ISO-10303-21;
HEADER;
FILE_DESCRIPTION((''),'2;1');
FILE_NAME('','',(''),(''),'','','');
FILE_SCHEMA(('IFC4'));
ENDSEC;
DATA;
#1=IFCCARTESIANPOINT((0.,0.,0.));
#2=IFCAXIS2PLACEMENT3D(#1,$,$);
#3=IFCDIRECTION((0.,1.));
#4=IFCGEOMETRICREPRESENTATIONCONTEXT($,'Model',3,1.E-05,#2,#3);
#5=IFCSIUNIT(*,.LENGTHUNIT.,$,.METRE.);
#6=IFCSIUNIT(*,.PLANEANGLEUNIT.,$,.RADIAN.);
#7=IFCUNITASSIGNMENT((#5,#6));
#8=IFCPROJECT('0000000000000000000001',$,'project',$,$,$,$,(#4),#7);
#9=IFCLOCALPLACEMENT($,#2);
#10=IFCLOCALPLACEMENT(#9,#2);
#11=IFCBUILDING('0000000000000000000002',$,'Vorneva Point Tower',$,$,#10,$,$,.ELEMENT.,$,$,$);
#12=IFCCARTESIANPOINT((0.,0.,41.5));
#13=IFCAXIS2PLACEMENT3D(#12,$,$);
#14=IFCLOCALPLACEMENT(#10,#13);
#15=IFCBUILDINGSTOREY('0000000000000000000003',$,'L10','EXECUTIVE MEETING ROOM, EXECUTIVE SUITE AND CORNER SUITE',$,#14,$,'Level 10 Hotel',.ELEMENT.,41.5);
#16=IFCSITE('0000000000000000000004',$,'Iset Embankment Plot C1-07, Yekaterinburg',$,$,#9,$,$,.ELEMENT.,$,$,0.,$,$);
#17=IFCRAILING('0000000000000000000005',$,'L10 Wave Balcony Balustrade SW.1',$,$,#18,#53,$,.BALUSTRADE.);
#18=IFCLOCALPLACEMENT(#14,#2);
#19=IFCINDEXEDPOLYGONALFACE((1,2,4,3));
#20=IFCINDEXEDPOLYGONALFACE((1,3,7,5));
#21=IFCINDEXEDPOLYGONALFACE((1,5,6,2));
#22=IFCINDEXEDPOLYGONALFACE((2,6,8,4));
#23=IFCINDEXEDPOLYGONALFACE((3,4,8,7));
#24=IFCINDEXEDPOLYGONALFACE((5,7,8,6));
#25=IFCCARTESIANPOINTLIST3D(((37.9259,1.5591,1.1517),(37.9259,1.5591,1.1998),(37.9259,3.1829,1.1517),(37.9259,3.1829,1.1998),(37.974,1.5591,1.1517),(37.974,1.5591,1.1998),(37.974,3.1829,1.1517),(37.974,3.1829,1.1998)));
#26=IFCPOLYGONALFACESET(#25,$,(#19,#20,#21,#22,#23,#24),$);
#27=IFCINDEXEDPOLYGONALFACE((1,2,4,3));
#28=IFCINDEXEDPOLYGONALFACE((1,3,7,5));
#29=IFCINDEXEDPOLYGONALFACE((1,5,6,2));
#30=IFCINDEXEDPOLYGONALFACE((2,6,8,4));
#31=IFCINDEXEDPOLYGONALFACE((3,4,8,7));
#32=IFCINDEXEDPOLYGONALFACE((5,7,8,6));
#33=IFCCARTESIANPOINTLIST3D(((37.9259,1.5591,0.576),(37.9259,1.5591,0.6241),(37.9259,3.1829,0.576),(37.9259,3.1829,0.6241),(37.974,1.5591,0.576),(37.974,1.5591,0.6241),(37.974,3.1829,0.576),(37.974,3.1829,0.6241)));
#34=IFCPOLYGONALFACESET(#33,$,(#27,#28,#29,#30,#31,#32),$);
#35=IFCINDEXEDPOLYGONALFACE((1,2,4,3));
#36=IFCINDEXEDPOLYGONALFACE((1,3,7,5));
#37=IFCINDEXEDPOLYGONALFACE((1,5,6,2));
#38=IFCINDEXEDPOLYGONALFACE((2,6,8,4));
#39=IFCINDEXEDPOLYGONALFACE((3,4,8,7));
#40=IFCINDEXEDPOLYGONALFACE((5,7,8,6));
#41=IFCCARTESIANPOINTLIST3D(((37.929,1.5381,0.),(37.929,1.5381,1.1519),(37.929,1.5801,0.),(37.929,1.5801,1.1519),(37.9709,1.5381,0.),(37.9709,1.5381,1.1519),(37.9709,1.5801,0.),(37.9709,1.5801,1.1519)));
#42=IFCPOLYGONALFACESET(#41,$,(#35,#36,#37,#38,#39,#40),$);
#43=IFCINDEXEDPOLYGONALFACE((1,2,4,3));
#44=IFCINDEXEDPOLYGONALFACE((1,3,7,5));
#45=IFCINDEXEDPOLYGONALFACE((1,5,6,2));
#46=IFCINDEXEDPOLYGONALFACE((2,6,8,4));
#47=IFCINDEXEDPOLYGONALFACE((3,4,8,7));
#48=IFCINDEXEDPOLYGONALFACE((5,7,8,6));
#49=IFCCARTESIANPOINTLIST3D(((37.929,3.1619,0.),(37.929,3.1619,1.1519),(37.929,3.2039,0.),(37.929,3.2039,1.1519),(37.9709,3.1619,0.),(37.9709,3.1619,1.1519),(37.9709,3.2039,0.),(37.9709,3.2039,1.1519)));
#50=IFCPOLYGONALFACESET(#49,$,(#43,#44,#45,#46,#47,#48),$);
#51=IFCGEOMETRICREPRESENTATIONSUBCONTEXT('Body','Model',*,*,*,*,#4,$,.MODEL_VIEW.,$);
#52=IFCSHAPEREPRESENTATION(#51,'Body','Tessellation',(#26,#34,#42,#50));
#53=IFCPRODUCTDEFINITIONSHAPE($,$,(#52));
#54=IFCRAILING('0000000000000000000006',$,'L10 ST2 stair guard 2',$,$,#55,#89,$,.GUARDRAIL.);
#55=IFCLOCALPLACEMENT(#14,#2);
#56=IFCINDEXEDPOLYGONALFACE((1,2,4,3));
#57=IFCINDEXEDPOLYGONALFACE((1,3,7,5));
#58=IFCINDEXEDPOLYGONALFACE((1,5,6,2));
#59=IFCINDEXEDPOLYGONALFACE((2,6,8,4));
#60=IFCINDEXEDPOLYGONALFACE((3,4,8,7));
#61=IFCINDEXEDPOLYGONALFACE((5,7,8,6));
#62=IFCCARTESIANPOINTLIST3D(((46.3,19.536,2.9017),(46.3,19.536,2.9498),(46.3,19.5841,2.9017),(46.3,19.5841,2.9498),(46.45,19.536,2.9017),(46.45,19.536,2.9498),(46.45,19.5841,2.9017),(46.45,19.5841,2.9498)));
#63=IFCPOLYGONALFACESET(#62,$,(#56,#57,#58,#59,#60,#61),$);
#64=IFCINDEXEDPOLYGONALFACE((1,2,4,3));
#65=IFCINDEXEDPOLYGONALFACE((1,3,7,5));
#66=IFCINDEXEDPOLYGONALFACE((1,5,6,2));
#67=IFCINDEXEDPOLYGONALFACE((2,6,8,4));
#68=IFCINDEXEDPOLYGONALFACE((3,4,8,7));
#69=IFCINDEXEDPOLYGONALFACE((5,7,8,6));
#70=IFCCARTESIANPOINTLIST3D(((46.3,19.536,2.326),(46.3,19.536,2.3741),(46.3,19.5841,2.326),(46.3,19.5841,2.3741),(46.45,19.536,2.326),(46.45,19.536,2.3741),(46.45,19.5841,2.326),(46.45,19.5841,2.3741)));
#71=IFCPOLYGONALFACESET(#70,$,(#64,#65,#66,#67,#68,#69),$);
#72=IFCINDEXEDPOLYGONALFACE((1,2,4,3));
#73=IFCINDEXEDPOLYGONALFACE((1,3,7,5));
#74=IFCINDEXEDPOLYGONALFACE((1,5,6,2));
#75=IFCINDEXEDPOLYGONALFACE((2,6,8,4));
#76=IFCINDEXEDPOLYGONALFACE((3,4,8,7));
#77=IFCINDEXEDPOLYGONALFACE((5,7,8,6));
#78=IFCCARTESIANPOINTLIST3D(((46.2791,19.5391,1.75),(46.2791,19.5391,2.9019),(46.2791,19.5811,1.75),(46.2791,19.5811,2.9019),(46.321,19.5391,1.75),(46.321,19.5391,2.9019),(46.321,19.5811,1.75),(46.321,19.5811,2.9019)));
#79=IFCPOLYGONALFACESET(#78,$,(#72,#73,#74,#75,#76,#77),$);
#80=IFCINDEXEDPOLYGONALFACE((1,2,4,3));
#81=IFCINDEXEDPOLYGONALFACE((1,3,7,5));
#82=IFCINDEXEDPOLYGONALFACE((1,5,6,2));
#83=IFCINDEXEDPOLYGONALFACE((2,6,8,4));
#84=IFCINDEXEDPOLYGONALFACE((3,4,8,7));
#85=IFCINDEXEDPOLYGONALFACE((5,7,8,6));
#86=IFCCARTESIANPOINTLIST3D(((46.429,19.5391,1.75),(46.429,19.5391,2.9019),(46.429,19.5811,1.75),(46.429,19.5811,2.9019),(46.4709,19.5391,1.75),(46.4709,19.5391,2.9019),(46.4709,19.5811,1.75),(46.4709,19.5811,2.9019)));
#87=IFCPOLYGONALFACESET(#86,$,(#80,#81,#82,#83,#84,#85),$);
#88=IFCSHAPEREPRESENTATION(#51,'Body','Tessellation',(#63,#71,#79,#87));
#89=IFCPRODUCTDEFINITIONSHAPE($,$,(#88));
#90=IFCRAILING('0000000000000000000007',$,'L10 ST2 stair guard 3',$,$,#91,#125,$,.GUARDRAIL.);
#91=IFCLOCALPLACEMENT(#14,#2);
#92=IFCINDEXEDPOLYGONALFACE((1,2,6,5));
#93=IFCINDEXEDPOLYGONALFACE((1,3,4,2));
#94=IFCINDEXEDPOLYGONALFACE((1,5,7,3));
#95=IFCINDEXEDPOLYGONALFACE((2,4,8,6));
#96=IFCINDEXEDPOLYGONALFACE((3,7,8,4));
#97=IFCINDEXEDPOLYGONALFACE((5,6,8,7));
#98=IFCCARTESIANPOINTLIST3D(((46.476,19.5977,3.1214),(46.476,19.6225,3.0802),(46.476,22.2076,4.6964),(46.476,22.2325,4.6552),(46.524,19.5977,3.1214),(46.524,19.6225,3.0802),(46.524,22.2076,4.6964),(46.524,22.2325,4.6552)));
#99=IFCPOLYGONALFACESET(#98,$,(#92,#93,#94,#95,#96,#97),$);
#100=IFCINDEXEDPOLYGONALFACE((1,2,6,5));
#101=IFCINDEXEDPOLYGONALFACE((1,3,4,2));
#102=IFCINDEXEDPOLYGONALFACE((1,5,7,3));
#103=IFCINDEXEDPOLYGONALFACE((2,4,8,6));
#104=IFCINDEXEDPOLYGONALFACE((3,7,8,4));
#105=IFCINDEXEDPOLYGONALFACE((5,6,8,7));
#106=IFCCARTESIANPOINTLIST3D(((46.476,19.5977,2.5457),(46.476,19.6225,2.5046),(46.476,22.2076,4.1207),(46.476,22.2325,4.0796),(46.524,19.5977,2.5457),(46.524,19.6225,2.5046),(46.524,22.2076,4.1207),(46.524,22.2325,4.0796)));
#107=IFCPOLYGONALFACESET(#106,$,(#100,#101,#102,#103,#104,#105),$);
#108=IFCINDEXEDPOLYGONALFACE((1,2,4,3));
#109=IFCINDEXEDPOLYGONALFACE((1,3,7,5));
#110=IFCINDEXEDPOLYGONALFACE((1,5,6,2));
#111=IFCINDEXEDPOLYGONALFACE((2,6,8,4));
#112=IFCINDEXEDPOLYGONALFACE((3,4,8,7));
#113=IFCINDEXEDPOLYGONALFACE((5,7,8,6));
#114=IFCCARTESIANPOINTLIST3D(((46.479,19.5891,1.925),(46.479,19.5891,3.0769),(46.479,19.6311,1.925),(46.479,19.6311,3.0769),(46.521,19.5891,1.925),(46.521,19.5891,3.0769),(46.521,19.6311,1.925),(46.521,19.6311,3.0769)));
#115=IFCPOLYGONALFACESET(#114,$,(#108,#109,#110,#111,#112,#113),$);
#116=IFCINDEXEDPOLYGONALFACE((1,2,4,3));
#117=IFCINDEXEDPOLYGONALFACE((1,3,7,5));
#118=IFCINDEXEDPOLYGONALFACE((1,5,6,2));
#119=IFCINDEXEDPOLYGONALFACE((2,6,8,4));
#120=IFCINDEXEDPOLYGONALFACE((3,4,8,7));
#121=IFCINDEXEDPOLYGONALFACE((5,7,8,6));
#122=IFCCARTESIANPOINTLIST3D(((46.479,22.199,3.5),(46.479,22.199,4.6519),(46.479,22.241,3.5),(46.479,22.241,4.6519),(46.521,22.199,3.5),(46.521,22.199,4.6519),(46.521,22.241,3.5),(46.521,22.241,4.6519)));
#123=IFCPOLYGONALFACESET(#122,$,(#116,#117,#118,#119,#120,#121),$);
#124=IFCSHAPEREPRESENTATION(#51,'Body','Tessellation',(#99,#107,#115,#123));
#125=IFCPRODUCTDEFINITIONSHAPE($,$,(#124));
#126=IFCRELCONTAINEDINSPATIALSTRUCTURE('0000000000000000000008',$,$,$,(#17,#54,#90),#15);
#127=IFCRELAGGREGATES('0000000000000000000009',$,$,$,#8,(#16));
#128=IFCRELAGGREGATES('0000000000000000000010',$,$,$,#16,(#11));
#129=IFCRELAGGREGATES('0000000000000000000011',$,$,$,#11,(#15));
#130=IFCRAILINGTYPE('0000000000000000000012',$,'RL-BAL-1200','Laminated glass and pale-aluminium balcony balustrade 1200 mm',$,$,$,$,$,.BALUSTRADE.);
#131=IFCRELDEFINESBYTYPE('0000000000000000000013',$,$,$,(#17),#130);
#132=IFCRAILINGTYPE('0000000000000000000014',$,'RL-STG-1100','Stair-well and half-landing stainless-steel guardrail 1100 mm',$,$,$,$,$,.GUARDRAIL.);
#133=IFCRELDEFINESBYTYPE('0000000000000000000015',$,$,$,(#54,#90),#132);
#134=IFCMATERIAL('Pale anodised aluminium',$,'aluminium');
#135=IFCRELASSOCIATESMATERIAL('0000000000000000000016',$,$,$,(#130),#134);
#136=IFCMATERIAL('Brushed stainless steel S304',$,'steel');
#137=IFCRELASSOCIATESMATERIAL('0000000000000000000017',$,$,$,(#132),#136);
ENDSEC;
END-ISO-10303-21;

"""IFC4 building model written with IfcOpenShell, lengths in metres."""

from ifc_helpers import new_model, si_unit, direction, frame, origin, origin_2d, place, context, subcontext, project, spatial, rectangle, extrude, material, type_object, element, save


model = new_model("IFC4")

# Units and contexts
model_context = context("Model", 3, precision=1e-05, world=origin(), true_north=direction((0.0, 1.0)))
body_context = subcontext(model_context, "Body", "Model", "MODEL_VIEW")
ifc_project = project(units=[si_unit("LENGTHUNIT", "METRE"), si_unit("PLANEANGLEUNIT", "RADIAN")], contexts=[model_context])

# Site, building, storey
site_placement = place(None, origin())
site = spatial("IfcSite", under=ifc_project, at=site_placement, Name="Iset Embankment Plot C1-07, Yekaterinburg", CompositionType="ELEMENT", RefElevation=0.0)
building_placement = place(site_placement, origin())
building = spatial("IfcBuilding", under=site, at=building_placement, Name="Vorneva Point Tower", CompositionType="ELEMENT")
storey_placement = place(building_placement, frame((0.0, 0.0, 41.5)))
storey = spatial("IfcBuildingStorey", under=building, at=storey_placement, Name="L10", Description="EXECUTIVE MEETING ROOM, EXECUTIVE SUITE AND CORNER SUITE", LongName="Level 10 Hotel", CompositionType="ELEMENT", Elevation=41.5)

# Shared definitions
ifc_material_1 = material(Name="Pale anodised aluminium", Category="aluminium")

# Railings
railing_type_1 = type_object("IfcRailingType", Name="RL-BAL-1200", Description="Laminated glass and pale-aluminium balcony balustrade 1200 mm", PredefinedType="BALUSTRADE", material=ifc_material_1)
railing_1_placement = place(storey_placement, frame((37.95, 1.5591, 0.0)))
element("IfcRailing", 1, at=railing_1_placement, inside=storey, type_object=railing_type_1, Name="L10 Wave Balcony Balustrade SW.1", PredefinedType="BALUSTRADE", context=body_context, shape_type="SweptSolid", body=[
    extrude(rectangle(XDim=0.0481, YDim=0.0481, at=origin_2d()), frame((0.0, 0.0, 1.1758), z_axis=(0.0, 1.0, 0.0), x_axis=(-1.0, 0.0, 0.0)), (0.0, 0.0, 1.0), 1.6238),
    extrude(rectangle(XDim=0.0481, YDim=0.0481, at=origin_2d()), frame((0.0, 0.0, 0.6001), z_axis=(0.0, 1.0, 0.0), x_axis=(-1.0, 0.0, 0.0)), (0.0, 0.0, 1.0), 1.6238),
    extrude(rectangle(XDim=0.042, YDim=0.042, at=origin_2d()), origin(), (0.0, 0.0, 1.0), 1.1519),
    extrude(rectangle(XDim=0.042, YDim=0.042, at=origin_2d()), frame((0.0, 1.6238, 0.0)), (0.0, 0.0, 1.0), 1.1519),
])
ifc_material_2 = material(Name="Brushed stainless steel S304", Category="steel")
railing_type_2 = type_object("IfcRailingType", Name="RL-STG-1100", Description="Stair-well and half-landing stainless-steel guardrail 1100 mm", PredefinedType="GUARDRAIL", material=ifc_material_2)
railing_2_placement = place(storey_placement, frame((46.3, 19.5601, 1.75)))
element("IfcRailing", 2, at=railing_2_placement, inside=storey, type_object=railing_type_2, Name="L10 ST2 stair guard 2", PredefinedType="GUARDRAIL", context=body_context, shape_type="SweptSolid", body=[
    extrude(rectangle(XDim=0.0481, YDim=0.0481, at=origin_2d()), frame((0.0, 0.0, 1.1758), z_axis=(1.0, 0.0, 0.0), x_axis=(0.0, 1.0, 0.0)), (0.0, 0.0, 1.0), 0.1499),
    extrude(rectangle(XDim=0.0481, YDim=0.0481, at=origin_2d()), frame((0.0, 0.0, 0.6001), z_axis=(1.0, 0.0, 0.0), x_axis=(0.0, 1.0, 0.0)), (0.0, 0.0, 1.0), 0.1499),
    extrude(rectangle(XDim=0.042, YDim=0.042, at=origin_2d()), origin(), (0.0, 0.0, 1.0), 1.1519),
    extrude(rectangle(XDim=0.042, YDim=0.042, at=origin_2d()), frame((0.1499, 0.0, 0.0)), (0.0, 0.0, 1.0), 1.1519),
])
railing_3_placement = place(storey_placement, frame((46.5, 19.6101, 1.925)))
element("IfcRailing", 3, at=railing_3_placement, inside=storey, type_object=railing_type_2, Name="L10 ST2 stair guard 3", PredefinedType="GUARDRAIL", context=body_context, shape_type="SweptSolid", body=[
    extrude(rectangle(XDim=0.0481, YDim=0.0481, at=origin_2d()), frame((0.0, 0.0, 1.1758), z_axis=(0.0, 0.856183, 0.516673), x_axis=(-1.0, 0.0, 0.0)), (0.0, 0.0, 1.0), 3.0483),
    extrude(rectangle(XDim=0.0481, YDim=0.0481, at=origin_2d()), frame((0.0, 0.0, 0.6001), z_axis=(0.0, 0.856183, 0.516673), x_axis=(-1.0, 0.0, 0.0)), (0.0, 0.0, 1.0), 3.0483),
    extrude(rectangle(XDim=0.042, YDim=0.042, at=origin_2d()), origin(), (0.0, 0.0, 1.0), 1.1519),
    extrude(rectangle(XDim=0.042, YDim=0.042, at=origin_2d()), frame((0.0, 2.6099, 1.575)), (0.0, 0.0, 1.0), 1.1519),
])

save(model, "model.ifc")
